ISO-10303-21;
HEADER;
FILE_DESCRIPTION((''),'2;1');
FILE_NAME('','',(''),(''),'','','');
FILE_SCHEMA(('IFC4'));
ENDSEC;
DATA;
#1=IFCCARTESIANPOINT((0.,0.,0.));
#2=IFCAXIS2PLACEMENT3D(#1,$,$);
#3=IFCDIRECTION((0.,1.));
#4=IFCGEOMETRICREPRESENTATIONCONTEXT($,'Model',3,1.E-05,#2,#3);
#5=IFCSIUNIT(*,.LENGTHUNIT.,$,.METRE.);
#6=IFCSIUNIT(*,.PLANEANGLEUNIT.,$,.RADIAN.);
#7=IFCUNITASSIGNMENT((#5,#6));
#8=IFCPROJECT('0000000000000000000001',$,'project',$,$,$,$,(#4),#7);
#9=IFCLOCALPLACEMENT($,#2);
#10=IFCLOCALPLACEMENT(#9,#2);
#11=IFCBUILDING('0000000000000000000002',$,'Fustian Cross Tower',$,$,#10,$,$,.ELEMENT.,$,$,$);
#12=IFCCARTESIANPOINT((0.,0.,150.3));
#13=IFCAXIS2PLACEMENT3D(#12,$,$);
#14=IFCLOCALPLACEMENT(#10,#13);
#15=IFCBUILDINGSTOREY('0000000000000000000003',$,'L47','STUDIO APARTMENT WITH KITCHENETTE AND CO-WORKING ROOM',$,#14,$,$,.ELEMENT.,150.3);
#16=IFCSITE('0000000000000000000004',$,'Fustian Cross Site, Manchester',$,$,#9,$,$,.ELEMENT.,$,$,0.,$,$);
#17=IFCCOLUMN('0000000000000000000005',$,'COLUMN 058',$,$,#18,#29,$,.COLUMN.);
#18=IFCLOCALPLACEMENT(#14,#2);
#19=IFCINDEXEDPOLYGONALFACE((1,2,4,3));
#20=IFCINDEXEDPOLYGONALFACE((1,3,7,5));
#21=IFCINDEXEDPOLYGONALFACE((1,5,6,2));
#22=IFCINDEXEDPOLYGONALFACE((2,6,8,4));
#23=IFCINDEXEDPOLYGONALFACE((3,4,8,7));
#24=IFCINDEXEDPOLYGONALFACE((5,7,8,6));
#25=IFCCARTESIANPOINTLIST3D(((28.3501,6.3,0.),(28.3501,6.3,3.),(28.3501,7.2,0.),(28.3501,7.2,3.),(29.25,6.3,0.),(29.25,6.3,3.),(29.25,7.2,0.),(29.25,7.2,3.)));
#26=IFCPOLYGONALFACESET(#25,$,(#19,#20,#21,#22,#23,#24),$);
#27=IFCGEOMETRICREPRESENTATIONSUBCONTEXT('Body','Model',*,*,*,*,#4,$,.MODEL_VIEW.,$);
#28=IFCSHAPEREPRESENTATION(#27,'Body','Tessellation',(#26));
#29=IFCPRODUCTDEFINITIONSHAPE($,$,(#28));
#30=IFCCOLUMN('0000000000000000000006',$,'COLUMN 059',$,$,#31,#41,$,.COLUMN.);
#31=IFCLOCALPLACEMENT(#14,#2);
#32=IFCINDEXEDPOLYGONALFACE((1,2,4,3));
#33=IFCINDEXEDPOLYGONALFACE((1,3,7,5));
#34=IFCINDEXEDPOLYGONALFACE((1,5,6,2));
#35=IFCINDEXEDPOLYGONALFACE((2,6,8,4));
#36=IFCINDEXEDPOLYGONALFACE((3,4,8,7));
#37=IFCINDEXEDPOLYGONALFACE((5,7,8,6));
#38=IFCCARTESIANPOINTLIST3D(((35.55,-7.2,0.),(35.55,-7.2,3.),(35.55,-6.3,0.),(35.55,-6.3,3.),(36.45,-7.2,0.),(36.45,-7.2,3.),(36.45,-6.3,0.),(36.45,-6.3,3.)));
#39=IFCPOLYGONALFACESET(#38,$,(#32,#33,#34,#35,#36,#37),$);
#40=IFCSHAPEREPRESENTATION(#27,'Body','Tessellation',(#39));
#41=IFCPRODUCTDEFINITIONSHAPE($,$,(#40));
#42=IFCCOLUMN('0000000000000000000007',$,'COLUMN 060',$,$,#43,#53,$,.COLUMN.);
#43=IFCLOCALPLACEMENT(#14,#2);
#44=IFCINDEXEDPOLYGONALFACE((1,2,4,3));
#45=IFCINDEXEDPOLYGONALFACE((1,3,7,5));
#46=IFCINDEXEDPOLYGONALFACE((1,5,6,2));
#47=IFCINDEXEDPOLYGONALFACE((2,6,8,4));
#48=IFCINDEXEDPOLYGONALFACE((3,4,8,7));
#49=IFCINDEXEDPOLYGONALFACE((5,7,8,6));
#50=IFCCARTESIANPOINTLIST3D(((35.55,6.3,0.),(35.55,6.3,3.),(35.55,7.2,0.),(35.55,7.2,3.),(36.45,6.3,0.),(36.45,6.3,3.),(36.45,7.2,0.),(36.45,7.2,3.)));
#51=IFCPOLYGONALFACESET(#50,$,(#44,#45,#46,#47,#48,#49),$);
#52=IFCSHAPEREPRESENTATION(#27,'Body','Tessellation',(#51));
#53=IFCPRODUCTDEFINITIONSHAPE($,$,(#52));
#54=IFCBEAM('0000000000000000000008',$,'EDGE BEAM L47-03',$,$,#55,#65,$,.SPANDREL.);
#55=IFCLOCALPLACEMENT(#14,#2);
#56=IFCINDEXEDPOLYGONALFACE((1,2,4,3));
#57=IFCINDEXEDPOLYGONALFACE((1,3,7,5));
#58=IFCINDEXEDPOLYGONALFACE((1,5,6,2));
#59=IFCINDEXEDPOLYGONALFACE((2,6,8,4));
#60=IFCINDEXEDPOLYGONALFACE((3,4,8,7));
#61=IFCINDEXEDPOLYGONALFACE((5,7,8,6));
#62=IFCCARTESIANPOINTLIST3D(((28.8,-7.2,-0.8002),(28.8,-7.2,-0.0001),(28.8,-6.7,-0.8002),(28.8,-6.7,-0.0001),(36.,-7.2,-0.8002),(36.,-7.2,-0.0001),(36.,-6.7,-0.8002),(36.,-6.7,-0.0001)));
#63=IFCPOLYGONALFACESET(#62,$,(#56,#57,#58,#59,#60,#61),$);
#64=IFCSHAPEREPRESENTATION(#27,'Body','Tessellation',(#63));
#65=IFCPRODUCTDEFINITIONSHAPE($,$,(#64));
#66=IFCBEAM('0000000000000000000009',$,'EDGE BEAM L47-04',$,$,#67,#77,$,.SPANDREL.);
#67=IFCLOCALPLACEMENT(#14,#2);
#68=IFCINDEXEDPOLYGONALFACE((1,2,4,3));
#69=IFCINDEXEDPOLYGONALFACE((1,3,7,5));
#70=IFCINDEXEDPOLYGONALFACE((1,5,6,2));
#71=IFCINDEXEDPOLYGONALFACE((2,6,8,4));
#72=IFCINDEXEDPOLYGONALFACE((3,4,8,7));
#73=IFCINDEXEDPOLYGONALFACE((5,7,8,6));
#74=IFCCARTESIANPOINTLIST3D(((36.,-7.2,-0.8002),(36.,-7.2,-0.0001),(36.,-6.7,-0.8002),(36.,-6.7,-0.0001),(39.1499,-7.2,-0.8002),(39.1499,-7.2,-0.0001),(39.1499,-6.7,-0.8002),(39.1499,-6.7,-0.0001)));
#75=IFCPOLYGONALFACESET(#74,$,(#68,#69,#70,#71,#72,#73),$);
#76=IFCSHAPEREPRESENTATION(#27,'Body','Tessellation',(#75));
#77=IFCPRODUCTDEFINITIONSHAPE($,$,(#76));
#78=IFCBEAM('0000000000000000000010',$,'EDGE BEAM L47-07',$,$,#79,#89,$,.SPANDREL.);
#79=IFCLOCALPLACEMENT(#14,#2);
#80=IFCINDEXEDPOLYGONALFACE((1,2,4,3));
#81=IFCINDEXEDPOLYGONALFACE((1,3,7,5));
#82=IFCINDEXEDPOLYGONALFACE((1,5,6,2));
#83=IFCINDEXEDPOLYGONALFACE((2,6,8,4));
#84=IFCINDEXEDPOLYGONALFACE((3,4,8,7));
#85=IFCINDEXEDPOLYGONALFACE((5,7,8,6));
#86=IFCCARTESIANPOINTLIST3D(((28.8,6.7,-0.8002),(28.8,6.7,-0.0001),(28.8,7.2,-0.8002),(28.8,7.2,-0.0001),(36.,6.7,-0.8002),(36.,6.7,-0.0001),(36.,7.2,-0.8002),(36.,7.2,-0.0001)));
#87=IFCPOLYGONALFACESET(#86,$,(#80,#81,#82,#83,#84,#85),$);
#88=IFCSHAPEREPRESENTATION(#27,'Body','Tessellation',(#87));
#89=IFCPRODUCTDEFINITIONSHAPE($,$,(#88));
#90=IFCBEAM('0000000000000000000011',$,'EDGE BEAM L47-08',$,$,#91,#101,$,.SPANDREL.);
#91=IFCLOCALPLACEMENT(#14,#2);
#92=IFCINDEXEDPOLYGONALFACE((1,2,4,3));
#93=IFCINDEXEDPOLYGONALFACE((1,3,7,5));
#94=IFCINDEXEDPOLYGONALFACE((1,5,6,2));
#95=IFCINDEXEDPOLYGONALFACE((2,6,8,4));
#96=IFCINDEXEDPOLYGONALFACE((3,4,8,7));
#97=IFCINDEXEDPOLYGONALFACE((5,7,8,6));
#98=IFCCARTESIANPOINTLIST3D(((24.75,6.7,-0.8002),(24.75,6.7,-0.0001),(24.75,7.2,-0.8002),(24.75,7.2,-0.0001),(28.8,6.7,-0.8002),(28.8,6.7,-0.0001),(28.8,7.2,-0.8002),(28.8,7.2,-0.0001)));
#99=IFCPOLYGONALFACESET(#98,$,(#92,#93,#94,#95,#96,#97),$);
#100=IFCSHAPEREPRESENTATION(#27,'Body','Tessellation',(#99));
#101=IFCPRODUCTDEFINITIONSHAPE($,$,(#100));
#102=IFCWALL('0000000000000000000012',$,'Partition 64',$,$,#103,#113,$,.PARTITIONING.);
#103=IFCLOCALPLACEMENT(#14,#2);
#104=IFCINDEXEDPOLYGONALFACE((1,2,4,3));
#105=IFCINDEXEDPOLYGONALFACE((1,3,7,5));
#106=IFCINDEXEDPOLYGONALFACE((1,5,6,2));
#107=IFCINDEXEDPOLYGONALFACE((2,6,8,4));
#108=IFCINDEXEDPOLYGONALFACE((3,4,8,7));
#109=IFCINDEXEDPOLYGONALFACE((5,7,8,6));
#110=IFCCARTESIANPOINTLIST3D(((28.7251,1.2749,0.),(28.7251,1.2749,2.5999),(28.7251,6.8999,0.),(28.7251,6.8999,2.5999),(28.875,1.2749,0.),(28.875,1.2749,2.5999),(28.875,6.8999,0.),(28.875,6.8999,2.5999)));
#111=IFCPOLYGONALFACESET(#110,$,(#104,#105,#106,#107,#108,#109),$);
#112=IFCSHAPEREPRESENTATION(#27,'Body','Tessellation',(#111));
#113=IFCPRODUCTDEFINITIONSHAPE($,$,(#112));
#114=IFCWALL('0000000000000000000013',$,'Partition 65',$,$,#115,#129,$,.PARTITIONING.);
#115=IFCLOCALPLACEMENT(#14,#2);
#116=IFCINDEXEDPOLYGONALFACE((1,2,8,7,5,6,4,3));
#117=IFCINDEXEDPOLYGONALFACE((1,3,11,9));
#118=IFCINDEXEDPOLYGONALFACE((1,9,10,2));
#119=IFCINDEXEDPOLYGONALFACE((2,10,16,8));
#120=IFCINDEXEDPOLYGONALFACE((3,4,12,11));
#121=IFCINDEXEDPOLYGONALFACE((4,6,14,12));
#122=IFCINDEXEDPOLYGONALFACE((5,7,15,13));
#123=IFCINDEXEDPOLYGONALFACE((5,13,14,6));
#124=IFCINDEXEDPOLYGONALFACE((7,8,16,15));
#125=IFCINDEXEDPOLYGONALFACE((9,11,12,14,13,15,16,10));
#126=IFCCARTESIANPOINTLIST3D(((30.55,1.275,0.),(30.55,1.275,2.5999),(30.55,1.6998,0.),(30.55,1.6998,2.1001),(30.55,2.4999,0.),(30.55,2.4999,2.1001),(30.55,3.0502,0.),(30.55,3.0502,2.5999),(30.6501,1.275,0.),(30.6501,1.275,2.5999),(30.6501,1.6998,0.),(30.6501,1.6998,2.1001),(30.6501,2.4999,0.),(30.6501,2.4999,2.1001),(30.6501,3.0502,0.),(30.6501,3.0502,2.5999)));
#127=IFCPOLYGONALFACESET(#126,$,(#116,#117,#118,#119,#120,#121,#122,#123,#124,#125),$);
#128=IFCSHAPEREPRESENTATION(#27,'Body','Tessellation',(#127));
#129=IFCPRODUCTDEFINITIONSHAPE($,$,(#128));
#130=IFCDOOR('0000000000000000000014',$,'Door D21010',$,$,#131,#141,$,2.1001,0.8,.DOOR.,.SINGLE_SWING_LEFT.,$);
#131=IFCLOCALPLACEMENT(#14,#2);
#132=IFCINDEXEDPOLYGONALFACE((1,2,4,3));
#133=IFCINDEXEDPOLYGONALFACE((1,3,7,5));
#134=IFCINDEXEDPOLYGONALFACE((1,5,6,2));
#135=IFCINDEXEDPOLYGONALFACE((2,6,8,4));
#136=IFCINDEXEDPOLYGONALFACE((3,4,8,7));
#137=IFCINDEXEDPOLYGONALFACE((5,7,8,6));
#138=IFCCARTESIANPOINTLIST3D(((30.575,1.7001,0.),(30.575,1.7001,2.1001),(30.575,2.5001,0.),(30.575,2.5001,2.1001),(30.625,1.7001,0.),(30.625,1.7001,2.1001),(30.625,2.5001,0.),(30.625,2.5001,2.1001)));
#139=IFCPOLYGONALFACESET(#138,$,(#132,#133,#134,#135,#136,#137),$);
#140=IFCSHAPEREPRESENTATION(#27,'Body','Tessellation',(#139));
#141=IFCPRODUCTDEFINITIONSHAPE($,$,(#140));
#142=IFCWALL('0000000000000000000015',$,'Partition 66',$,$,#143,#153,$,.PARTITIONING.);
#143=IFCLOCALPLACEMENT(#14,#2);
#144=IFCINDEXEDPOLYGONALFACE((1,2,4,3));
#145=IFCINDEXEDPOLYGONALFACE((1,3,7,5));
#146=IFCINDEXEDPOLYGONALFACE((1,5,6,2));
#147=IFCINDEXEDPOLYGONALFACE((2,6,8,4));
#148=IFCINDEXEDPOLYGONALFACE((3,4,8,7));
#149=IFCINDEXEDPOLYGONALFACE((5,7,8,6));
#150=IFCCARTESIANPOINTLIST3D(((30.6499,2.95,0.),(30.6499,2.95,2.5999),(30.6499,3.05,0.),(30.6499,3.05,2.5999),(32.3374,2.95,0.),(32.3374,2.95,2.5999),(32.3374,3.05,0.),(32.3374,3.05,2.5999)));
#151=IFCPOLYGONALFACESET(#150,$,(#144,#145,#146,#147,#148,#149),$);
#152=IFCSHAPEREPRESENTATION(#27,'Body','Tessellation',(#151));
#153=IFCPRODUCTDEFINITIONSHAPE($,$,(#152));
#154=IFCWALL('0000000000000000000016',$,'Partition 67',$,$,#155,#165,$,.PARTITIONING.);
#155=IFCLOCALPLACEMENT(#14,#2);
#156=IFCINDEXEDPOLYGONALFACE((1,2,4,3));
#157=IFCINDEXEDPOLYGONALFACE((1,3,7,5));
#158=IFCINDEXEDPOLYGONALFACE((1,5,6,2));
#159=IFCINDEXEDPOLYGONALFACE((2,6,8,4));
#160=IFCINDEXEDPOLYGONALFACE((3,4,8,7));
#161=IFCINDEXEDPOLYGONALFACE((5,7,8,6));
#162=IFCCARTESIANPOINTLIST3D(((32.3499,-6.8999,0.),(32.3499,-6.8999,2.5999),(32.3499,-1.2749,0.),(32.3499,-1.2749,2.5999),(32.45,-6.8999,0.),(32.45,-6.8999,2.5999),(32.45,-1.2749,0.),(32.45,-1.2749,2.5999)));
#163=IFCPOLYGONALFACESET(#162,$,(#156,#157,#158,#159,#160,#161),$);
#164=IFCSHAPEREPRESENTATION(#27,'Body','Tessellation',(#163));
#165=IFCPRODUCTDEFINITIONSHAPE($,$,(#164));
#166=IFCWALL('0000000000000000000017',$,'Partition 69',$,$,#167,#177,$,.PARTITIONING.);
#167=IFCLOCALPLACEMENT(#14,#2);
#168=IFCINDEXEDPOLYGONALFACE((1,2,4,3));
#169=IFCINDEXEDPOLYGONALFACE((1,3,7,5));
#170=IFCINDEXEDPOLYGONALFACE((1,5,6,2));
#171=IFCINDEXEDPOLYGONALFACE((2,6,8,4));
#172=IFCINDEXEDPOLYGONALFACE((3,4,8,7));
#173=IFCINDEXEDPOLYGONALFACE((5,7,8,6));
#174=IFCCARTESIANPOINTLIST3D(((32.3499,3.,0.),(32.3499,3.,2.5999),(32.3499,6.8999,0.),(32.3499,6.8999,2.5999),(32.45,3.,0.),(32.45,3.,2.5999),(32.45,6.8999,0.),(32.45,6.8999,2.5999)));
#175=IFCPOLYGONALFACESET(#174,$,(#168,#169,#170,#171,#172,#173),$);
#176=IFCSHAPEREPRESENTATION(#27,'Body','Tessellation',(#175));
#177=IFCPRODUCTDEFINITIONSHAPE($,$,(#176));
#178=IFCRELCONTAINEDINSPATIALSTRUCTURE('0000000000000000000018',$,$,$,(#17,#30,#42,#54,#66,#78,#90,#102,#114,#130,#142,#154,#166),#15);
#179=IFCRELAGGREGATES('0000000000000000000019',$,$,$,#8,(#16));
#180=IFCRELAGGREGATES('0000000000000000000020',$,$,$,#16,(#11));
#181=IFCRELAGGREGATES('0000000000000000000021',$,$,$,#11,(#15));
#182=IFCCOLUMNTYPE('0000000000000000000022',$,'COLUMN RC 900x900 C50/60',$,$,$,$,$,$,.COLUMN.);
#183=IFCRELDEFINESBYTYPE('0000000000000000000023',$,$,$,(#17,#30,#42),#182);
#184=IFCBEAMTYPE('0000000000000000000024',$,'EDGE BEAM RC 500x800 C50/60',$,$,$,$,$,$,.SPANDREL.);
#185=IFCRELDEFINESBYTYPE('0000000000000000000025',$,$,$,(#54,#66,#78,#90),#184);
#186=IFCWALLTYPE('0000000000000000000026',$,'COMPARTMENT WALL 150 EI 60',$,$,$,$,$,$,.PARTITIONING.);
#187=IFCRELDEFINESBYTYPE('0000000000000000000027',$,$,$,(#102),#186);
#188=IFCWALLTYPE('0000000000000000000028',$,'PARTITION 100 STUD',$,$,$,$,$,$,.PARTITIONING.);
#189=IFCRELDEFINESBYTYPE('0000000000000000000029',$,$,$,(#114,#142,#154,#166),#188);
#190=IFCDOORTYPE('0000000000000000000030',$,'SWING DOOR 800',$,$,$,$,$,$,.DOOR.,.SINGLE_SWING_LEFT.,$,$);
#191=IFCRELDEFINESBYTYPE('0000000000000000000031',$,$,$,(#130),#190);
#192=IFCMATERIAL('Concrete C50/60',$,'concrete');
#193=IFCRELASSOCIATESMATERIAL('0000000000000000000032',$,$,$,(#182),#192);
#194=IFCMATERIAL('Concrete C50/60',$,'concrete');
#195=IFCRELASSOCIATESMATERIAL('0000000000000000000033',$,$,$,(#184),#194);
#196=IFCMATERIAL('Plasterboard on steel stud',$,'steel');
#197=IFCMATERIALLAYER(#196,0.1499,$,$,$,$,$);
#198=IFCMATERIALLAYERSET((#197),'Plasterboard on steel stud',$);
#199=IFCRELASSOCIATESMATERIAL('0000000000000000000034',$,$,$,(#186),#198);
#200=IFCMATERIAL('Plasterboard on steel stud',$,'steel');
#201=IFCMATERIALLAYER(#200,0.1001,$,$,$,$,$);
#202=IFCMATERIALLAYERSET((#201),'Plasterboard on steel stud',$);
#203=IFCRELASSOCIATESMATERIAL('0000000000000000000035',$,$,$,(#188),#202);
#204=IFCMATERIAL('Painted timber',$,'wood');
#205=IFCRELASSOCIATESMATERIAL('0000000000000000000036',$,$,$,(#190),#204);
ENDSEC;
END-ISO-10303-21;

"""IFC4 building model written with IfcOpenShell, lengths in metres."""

from ifc_helpers import new_model, si_unit, direction, frame, frame_2d, origin, origin_2d, place, context, subcontext, project, spatial, rectangle, extrude, material, layer, layer_set, material_profile, profile_set, type_object, element, fill, save


model = new_model("IFC4")

# Units and contexts
model_context = context("Model", 3, precision=1e-05, world=origin(), true_north=direction((0.0, 1.0)))
body_context = subcontext(model_context, "Body", "Model", "MODEL_VIEW")
ifc_project = project(units=[si_unit("LENGTHUNIT", "METRE"), si_unit("PLANEANGLEUNIT", "RADIAN")], contexts=[model_context])

# Site, building, storey
site_placement = place(None, origin())
site = spatial("IfcSite", under=ifc_project, at=site_placement, Name="Fustian Cross Site, Manchester", CompositionType="ELEMENT", RefElevation=0.0)
building_placement = place(site_placement, origin())
building = spatial("IfcBuilding", under=site, at=building_placement, Name="Fustian Cross Tower", CompositionType="ELEMENT")
storey_placement = place(building_placement, frame((0.0, 0.0, 150.3)))
storey = spatial("IfcBuildingStorey", under=building, at=storey_placement, Name="L47", Description="STUDIO APARTMENT WITH KITCHENETTE AND CO-WORKING ROOM", CompositionType="ELEMENT", Elevation=150.3)

# Columns
ifc_material_1 = material(Name="Concrete C50/60", Category="concrete")
ifc_material_profile_1 = material_profile(ifc_material_1, rectangle(XDim=0.8999, YDim=0.8999, at=origin_2d()), Name="RC 900x900")
ifc_profile_set_1 = profile_set([ifc_material_profile_1], Name="Concrete C50/60")
column_type = type_object("IfcColumnType", Name="COLUMN RC 900x900 C50/60", PredefinedType="COLUMN", material=ifc_profile_set_1)
for number, where, z_axis, x_axis, name in (
    (1, (28.8, 6.75, 0.0), (0.0, 0.0, 1.0), (1.0, 0.0, 0.0), "COLUMN 058"),
    (2, (36.0, -6.75, 0.0), (0.0, 0.0, 1.0), (1.0, 0.0, 0.0), "COLUMN 059"),
    (3, (36.0, 6.75, 0.0), (0.0, 0.0, 1.0), (1.0, 0.0, 0.0), "COLUMN 060"),
):
    element("IfcColumn", number, at=place(storey_placement, frame(where, z_axis=z_axis, x_axis=x_axis)), inside=storey, type_object=column_type, Name=name, PredefinedType="COLUMN", context=body_context, shape_type="SweptSolid", body=[
        extrude(rectangle(XDim=0.8999, YDim=0.8999, at=origin_2d()), origin(), (0.0, 0.0, 1.0), 3.0),
    ])

# Beams
ifc_material_2 = material(Name="Concrete C50/60", Category="concrete")
ifc_material_profile_2 = material_profile(ifc_material_2, rectangle(XDim=0.5, YDim=0.8, at=origin_2d()), Name="RC 500x800")
ifc_profile_set_2 = profile_set([ifc_material_profile_2], Name="Concrete C50/60")
beam_type = type_object("IfcBeamType", Name="EDGE BEAM RC 500x800 C50/60", PredefinedType="SPANDREL", material=ifc_profile_set_2)
beam_1_placement = place(storey_placement, frame((28.8, -6.95, -0.4001), z_axis=(1.0, 0.0, 0.0), x_axis=(0.0, 1.0, 0.0)))
element("IfcBeam", 4, at=beam_1_placement, inside=storey, type_object=beam_type, Name="EDGE BEAM L47-03", PredefinedType="SPANDREL", context=body_context, shape_type="SweptSolid", body=[
    extrude(rectangle(XDim=0.5, YDim=0.8, at=origin_2d()), origin(), (0.0, 0.0, 1.0), 7.2),
])
beam_2_placement = place(storey_placement, frame((36.0, -6.95, -0.4001), z_axis=(1.0, 0.0, 0.0), x_axis=(0.0, 1.0, 0.0)))
element("IfcBeam", 5, at=beam_2_placement, inside=storey, type_object=beam_type, Name="EDGE BEAM L47-04", PredefinedType="SPANDREL", context=body_context, shape_type="SweptSolid", body=[
    extrude(rectangle(XDim=0.5, YDim=0.8, at=origin_2d()), origin(), (0.0, 0.0, 1.0), 3.1499),
])
beam_3_placement = place(storey_placement, frame((36.0, 6.95, -0.4001), z_axis=(-1.0, 0.0, 0.0), x_axis=(0.0, -1.0, 0.0)))
element("IfcBeam", 6, at=beam_3_placement, inside=storey, type_object=beam_type, Name="EDGE BEAM L47-07", PredefinedType="SPANDREL", context=body_context, shape_type="SweptSolid", body=[
    extrude(rectangle(XDim=0.5, YDim=0.8, at=origin_2d()), origin(), (0.0, 0.0, 1.0), 7.2),
])
beam_4_placement = place(storey_placement, frame((28.8, 6.95, -0.4001), z_axis=(-1.0, 0.0, 0.0), x_axis=(0.0, -1.0, 0.0)))
element("IfcBeam", 7, at=beam_4_placement, inside=storey, type_object=beam_type, Name="EDGE BEAM L47-08", PredefinedType="SPANDREL", context=body_context, shape_type="SweptSolid", body=[
    extrude(rectangle(XDim=0.5, YDim=0.8, at=origin_2d()), origin(), (0.0, 0.0, 1.0), 4.05),
])

# Wall
ifc_material_3 = material(Name="Plasterboard on steel stud", Category="steel")
ifc_layer_1 = layer(ifc_material_3, 0.1499)
ifc_layer_set_1 = layer_set([ifc_layer_1], Name="Plasterboard on steel stud")
wall_type_1 = type_object("IfcWallType", Name="COMPARTMENT WALL 150 EI 60", PredefinedType="PARTITIONING", material=ifc_layer_set_1)
wall_1_placement = place(storey_placement, frame((28.8, 1.2749, 0.0), z_axis=(0.0, 0.0, 1.0), x_axis=(0.0, 1.0, 0.0)))
element("IfcWall", 8, at=wall_1_placement, inside=storey, type_object=wall_type_1, Name="Partition 64", PredefinedType="PARTITIONING", context=body_context, shape_type="SweptSolid", body=[
    extrude(rectangle(XDim=5.625, YDim=0.1499, at=frame_2d((2.8125, 0.0))), origin(), (0.0, 0.0, 1.0), 2.5999),
])

# Wall, opening, door
ifc_material_4 = material(Name="Plasterboard on steel stud", Category="steel")
ifc_layer_2 = layer(ifc_material_4, 0.1001)
ifc_layer_set_2 = layer_set([ifc_layer_2], Name="Plasterboard on steel stud")
wall_type_2 = type_object("IfcWallType", Name="PARTITION 100 STUD", PredefinedType="PARTITIONING", material=ifc_layer_set_2)
wall_2_placement = place(storey_placement, frame((30.6001, 1.2749, 0.0), z_axis=(0.0, 0.0, 1.0), x_axis=(0.0, 1.0, 0.0)))
wall_2 = element("IfcWall", 9, at=wall_2_placement, inside=storey, type_object=wall_type_2, Name="Partition 65", PredefinedType="PARTITIONING", context=body_context, shape_type="SweptSolid", body=[
    extrude(rectangle(XDim=1.7751, YDim=0.1001, at=frame_2d((0.8877, 0.0))), origin(), (0.0, 0.0, 1.0), 2.5999),
])
opening_1_placement = place(wall_2_placement, frame((0.425, 0.0, 0.0)))
opening_1 = element("IfcOpeningElement", 10, at=opening_1_placement, cuts=wall_2, PredefinedType="OPENING", context=body_context, shape_type="SweptSolid", body=[
    extrude(rectangle(XDim=0.8, YDim=2.1001, at=frame_2d((0.3999, 1.05))), frame((0.0, 0.0601, 0.0), z_axis=(0.0, -1.0, 0.0), x_axis=(1.0, 0.0, 0.0)), (0.0, 0.0, 1.0), 0.1201),
])
ifc_material_5 = material(Name="Painted timber", Category="wood")
door_type_1 = type_object("IfcDoorType", Name="SWING DOOR 800", OperationType="SINGLE_SWING_LEFT", PredefinedType="DOOR", material=ifc_material_5)
door_1_placement = place(opening_1_placement, frame((0.8, 0.0, 0.0), z_axis=(0.0, 0.0, 1.0), x_axis=(-1.0, 0.0, 0.0)))
door_1 = element("IfcDoor", 11, at=door_1_placement, inside=storey, type_object=door_type_1, Name="Door D21010", OperationType="SINGLE_SWING_LEFT", OverallHeight=2.1001, OverallWidth=0.8, PredefinedType="DOOR", context=body_context, shape_type="SweptSolid", body=[
    extrude(rectangle(XDim=0.8, YDim=2.1001, at=frame_2d((0.3999, 1.05))), frame((0.0, 0.0249, 0.0), z_axis=(0.0, -1.0, 0.0), x_axis=(1.0, 0.0, 0.0)), (0.0, 0.0, 1.0), 0.05),
])
fill(opening_1, door_1)

# Walls
wall_3_placement = place(storey_placement, frame((30.6499, 3.0, 0.0), z_axis=(0.0, 0.0, 1.0), x_axis=(1.0, 0.0, 0.0)))
element("IfcWall", 12, at=wall_3_placement, inside=storey, type_object=wall_type_2, Name="Partition 66", PredefinedType="PARTITIONING", context=body_context, shape_type="SweptSolid", body=[
    extrude(rectangle(XDim=1.6875, YDim=0.1001, at=frame_2d((0.8438, 0.0))), origin(), (0.0, 0.0, 1.0), 2.5999),
])
wall_4_placement = place(storey_placement, frame((32.3999, -6.8999, 0.0), z_axis=(0.0, 0.0, 1.0), x_axis=(0.0, 1.0, 0.0)))
element("IfcWall", 13, at=wall_4_placement, inside=storey, type_object=wall_type_2, Name="Partition 67", PredefinedType="PARTITIONING", context=body_context, shape_type="SweptSolid", body=[
    extrude(rectangle(XDim=5.625, YDim=0.1001, at=frame_2d((2.8125, 0.0))), origin(), (0.0, 0.0, 1.0), 2.5999),
])
wall_5_placement = place(storey_placement, frame((32.3999, 3.0, 0.0), z_axis=(0.0, 0.0, 1.0), x_axis=(0.0, 1.0, 0.0)))
element("IfcWall", 14, at=wall_5_placement, inside=storey, type_object=wall_type_2, Name="Partition 69", PredefinedType="PARTITIONING", context=body_context, shape_type="SweptSolid", body=[
    extrude(rectangle(XDim=3.8999, YDim=0.1001, at=frame_2d((1.95, 0.0))), origin(), (0.0, 0.0, 1.0), 2.5999),
])

save(model, "model.ifc")
